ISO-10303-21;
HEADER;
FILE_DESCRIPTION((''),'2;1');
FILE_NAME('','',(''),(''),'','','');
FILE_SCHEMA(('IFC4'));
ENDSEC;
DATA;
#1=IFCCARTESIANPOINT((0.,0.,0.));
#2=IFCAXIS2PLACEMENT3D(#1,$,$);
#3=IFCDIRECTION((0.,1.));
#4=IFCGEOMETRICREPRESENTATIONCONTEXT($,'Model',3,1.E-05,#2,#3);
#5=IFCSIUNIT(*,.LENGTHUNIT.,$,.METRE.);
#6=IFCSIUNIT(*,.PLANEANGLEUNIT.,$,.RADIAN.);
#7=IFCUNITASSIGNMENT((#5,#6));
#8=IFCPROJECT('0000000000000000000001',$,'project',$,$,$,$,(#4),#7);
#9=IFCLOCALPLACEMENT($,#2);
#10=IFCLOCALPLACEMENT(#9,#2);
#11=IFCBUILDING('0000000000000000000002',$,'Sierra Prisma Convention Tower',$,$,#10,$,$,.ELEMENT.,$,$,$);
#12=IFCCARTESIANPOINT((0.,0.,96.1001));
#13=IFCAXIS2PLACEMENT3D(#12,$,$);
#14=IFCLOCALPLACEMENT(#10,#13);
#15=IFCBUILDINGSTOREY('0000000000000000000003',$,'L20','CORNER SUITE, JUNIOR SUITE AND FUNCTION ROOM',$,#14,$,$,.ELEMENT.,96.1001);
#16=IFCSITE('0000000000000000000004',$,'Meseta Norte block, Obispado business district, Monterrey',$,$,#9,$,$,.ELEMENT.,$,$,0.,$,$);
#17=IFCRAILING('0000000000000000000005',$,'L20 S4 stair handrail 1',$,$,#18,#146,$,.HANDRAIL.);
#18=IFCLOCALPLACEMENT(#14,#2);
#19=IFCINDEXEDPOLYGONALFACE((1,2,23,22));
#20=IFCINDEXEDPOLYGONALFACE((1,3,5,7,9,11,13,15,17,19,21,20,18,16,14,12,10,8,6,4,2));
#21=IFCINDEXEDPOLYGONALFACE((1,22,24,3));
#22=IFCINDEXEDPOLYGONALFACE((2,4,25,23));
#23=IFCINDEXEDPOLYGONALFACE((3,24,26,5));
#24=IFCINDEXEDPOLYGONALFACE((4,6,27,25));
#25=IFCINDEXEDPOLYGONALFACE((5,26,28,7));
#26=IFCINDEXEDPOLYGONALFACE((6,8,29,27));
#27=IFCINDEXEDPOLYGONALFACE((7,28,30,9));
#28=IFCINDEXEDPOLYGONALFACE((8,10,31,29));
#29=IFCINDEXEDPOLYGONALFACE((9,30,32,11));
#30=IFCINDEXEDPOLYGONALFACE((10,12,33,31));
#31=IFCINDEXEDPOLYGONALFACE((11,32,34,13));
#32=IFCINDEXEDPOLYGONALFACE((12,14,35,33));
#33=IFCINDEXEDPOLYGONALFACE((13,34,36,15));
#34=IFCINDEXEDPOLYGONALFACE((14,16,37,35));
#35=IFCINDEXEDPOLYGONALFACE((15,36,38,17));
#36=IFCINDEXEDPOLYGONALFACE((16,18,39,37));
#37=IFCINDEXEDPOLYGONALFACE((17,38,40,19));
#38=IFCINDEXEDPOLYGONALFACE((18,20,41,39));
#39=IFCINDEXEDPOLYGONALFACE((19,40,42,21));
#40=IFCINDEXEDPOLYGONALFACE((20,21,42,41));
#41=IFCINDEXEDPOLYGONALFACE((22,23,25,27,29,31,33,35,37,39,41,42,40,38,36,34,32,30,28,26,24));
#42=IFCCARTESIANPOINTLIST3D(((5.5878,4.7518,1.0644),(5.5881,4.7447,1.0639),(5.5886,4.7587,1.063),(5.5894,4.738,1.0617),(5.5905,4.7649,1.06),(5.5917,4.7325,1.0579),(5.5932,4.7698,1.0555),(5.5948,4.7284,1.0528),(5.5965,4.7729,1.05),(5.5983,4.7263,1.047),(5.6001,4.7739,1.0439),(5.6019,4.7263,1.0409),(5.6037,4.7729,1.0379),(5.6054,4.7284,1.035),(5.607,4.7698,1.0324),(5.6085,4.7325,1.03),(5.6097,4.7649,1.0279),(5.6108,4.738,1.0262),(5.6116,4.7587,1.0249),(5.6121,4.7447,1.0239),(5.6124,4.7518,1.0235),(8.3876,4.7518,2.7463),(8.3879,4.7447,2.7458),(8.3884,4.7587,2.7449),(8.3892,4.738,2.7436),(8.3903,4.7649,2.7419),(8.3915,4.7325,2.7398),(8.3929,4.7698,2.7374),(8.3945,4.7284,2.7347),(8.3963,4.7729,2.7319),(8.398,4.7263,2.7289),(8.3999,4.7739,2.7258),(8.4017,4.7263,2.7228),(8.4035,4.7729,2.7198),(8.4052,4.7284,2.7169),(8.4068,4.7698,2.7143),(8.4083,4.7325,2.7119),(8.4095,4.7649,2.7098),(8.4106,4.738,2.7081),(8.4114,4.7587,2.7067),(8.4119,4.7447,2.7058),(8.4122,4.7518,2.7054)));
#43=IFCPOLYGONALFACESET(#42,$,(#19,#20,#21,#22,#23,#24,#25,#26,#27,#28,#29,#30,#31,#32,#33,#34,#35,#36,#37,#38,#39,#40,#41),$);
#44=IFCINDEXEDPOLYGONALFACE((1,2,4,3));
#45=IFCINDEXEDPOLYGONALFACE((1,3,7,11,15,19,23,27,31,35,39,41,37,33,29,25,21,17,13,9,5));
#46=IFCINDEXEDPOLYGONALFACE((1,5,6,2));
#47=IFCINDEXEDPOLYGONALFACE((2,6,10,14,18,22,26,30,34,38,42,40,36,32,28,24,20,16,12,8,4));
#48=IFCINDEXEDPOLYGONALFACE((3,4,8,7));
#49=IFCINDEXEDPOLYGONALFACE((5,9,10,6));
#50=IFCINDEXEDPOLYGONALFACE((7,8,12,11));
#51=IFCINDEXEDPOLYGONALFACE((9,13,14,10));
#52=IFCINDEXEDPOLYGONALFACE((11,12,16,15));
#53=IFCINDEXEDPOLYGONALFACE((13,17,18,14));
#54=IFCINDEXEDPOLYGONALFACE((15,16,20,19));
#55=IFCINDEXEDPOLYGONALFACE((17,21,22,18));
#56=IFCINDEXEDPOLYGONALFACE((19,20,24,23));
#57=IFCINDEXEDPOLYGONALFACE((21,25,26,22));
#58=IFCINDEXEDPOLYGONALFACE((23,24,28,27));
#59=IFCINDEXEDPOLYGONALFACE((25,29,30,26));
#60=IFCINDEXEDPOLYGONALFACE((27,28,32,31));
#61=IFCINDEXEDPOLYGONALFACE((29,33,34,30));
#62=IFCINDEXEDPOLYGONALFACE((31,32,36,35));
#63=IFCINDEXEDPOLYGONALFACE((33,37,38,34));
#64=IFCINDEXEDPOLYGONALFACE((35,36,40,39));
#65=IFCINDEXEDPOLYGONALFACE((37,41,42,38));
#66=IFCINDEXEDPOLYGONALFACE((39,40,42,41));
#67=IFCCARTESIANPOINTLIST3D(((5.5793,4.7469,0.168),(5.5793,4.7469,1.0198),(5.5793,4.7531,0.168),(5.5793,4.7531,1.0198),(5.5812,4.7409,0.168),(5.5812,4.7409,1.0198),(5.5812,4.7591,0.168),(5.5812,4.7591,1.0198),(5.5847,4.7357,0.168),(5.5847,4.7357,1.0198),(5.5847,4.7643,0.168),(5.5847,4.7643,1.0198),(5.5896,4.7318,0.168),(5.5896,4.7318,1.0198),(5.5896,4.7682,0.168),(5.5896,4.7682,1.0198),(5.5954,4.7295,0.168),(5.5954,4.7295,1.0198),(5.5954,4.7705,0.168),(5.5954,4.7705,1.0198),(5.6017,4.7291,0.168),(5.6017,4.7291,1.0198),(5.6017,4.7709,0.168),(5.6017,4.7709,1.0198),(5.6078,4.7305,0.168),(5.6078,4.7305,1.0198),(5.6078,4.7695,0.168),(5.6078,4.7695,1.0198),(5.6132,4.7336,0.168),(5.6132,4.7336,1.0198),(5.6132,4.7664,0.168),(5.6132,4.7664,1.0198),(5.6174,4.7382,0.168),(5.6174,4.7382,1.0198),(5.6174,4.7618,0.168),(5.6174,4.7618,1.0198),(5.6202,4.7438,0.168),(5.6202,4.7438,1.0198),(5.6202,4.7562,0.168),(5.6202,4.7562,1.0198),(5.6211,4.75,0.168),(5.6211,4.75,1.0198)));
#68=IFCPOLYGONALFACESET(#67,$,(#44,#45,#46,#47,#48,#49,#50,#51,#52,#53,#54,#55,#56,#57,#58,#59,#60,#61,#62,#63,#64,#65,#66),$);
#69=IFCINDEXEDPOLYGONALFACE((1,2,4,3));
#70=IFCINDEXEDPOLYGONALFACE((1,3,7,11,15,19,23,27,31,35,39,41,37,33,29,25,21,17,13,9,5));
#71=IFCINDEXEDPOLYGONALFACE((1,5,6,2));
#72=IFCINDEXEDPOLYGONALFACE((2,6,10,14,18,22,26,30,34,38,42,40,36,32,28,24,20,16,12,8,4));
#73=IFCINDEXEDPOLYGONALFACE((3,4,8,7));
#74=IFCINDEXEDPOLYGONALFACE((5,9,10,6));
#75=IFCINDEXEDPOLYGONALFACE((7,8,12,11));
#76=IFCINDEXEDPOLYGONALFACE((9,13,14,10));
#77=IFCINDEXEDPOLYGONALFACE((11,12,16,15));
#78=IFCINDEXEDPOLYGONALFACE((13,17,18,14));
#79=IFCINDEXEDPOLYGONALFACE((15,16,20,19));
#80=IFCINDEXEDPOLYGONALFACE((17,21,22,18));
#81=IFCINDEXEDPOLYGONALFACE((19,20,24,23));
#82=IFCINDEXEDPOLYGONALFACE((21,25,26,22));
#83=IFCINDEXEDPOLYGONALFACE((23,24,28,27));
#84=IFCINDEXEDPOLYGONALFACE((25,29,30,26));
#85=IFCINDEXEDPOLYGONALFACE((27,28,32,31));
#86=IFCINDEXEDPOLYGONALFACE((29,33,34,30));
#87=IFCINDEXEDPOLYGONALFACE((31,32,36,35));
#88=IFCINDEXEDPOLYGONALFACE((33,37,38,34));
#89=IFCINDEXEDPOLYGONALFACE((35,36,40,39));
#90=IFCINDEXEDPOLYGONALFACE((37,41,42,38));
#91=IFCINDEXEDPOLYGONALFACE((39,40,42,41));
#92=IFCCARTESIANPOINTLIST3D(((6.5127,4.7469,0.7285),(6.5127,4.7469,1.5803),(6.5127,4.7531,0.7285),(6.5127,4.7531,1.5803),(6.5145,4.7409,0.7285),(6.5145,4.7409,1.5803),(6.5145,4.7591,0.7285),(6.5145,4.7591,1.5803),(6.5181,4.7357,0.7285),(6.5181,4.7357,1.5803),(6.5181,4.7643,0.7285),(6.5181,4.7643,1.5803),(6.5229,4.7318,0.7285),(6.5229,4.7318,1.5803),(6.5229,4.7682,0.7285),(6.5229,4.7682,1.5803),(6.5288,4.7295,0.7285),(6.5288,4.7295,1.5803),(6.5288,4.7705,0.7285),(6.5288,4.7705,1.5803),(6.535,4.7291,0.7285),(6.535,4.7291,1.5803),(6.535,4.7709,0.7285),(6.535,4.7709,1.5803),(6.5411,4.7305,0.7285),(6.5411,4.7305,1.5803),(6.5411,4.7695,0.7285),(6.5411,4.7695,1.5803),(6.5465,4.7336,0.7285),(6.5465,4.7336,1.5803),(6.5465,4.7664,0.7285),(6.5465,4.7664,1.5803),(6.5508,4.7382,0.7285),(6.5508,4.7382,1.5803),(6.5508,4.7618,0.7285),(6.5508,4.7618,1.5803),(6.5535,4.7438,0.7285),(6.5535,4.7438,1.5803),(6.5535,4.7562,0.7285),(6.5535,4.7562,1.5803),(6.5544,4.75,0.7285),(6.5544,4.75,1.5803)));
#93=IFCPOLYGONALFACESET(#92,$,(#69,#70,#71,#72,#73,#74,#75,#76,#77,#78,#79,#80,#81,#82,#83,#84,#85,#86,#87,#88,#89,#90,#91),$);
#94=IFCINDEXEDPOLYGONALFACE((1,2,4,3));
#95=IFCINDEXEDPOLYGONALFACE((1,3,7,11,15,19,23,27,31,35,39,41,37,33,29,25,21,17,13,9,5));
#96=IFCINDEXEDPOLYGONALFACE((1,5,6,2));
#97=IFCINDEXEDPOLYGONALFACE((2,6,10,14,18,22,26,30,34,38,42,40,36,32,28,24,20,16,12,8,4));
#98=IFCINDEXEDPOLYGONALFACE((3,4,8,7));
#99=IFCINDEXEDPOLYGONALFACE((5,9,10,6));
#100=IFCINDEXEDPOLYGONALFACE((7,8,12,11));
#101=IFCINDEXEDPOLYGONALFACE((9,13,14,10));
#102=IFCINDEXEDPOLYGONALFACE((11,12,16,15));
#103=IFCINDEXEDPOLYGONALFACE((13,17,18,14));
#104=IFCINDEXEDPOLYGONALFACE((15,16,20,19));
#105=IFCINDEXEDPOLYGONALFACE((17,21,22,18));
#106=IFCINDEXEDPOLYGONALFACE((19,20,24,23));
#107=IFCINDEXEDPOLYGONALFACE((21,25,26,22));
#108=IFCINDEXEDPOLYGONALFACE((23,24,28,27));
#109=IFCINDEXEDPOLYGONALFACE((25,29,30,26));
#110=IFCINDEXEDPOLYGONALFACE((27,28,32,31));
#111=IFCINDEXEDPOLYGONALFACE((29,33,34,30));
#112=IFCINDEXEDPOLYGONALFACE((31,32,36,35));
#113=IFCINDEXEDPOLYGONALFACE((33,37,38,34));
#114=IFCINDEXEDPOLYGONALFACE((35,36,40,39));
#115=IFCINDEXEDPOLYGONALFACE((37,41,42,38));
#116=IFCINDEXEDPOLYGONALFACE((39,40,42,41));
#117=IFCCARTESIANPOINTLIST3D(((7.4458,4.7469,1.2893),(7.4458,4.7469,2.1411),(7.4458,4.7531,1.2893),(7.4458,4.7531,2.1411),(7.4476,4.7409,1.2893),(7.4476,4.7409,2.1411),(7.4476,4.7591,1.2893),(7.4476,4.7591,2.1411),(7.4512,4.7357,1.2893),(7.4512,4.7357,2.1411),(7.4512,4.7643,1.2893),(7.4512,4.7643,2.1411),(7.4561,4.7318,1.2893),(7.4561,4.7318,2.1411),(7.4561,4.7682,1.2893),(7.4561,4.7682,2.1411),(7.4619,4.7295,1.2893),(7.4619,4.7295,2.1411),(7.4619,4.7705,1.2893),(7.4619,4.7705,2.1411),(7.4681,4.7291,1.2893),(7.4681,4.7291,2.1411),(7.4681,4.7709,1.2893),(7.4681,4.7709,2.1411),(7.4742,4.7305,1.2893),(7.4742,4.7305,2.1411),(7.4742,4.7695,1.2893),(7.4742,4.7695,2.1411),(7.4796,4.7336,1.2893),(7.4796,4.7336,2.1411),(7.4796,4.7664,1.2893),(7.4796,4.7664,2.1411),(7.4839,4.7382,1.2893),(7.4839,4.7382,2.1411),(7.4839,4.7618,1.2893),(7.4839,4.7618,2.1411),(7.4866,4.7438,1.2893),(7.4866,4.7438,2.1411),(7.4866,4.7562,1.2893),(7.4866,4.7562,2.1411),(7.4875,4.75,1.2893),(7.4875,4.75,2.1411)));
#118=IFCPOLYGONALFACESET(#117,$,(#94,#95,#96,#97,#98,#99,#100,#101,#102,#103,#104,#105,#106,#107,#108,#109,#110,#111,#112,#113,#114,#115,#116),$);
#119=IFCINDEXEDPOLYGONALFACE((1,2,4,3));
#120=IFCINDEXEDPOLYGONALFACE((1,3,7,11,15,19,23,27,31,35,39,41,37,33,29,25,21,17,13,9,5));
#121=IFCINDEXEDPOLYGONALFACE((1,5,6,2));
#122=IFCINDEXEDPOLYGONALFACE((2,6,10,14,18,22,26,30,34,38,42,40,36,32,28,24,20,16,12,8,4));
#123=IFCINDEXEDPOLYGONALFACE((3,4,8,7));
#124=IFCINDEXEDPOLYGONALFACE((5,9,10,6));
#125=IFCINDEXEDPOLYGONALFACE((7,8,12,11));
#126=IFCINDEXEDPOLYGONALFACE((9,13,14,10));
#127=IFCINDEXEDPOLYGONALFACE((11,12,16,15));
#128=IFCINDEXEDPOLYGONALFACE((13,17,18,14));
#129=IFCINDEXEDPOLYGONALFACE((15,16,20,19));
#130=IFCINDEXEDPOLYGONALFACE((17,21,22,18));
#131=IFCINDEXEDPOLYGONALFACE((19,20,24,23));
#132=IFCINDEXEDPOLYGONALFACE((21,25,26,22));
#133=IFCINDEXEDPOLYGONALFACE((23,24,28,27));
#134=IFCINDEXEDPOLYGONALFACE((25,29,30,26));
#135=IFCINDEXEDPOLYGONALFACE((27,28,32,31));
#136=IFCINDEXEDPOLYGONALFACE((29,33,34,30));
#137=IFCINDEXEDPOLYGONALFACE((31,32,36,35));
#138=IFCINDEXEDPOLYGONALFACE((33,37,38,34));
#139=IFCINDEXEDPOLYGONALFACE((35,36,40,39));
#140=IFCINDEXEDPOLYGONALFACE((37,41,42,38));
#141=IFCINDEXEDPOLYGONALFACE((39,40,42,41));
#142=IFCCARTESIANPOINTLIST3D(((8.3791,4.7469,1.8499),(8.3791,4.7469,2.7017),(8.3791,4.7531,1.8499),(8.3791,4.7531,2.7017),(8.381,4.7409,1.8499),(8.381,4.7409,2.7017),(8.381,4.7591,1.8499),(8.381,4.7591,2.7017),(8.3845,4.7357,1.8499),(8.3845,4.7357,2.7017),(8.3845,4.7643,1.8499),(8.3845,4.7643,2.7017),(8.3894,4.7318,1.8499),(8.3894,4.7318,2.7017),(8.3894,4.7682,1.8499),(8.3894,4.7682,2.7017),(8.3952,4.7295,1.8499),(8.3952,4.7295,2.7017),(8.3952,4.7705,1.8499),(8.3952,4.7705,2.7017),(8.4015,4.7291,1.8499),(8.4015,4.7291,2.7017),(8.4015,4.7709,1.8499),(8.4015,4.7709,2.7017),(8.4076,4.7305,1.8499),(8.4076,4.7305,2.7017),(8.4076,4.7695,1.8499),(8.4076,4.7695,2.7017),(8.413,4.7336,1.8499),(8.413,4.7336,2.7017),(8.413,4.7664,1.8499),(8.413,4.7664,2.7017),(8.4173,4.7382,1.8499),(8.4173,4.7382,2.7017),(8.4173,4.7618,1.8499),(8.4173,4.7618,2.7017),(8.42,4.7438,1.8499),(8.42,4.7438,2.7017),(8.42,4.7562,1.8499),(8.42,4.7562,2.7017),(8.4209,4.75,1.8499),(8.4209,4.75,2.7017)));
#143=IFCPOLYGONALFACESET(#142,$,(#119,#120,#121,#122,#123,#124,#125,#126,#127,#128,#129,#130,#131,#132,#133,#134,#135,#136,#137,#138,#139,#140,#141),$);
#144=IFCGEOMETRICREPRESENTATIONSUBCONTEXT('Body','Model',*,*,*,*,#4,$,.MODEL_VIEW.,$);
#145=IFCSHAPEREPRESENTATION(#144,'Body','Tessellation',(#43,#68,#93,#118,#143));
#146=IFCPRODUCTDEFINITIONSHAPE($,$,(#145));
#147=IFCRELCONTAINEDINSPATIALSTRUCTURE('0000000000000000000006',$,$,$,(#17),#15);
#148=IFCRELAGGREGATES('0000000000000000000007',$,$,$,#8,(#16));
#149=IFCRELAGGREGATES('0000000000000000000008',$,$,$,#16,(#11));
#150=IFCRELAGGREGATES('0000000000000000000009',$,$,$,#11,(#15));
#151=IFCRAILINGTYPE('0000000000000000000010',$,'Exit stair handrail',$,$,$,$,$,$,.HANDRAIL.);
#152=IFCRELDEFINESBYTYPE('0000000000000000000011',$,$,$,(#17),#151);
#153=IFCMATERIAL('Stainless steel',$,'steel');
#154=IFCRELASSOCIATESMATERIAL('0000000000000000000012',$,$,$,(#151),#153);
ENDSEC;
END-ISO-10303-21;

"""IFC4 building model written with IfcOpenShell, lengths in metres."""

from ifc_helpers import new_model, si_unit, direction, frame, origin, origin_2d, place, context, subcontext, project, spatial, circle, extrude, material, type_object, element, save


model = new_model("IFC4")

# Units and contexts
model_context = context("Model", 3, precision=1e-05, world=origin(), true_north=direction((0.0, 1.0)))
body_context = subcontext(model_context, "Body", "Model", "MODEL_VIEW")
ifc_project = project(units=[si_unit("LENGTHUNIT", "METRE"), si_unit("PLANEANGLEUNIT", "RADIAN")], contexts=[model_context])

# Site, building, storey
site_placement = place(None, origin())
site = spatial("IfcSite", under=ifc_project, at=site_placement, Name="Meseta Norte block, Obispado business district, Monterrey", CompositionType="ELEMENT", RefElevation=0.0)
building_placement = place(site_placement, origin())
building = spatial("IfcBuilding", under=site, at=building_placement, Name="Sierra Prisma Convention Tower", CompositionType="ELEMENT")
storey_placement = place(building_placement, frame((0.0, 0.0, 96.1001)))
storey = spatial("IfcBuildingStorey", under=building, at=storey_placement, Name="L20", Description="CORNER SUITE, JUNIOR SUITE AND FUNCTION ROOM", CompositionType="ELEMENT", Elevation=96.1001)

# Railing
ifc_material_1 = material(Name="Stainless steel", Category="steel")
railing_type_1 = type_object("IfcRailingType", Name="Exit stair handrail", PredefinedType="HANDRAIL", material=ifc_material_1)
railing_1_placement = place(storey_placement, frame((5.6001, 4.75, 0.168)))
element("IfcRailing", 1, at=railing_1_placement, inside=storey, type_object=railing_type_1, Name="L20 S4 stair handrail 1", PredefinedType="HANDRAIL", context=body_context, shape_type="SweptSolid", body=[
    extrude(circle(Radius=0.0239, at=origin_2d()), frame((0.0, 0.0, 0.876), z_axis=(0.857222, 0.0, 0.514946), x_axis=(0.0, 1.0, 0.0)), (0.0, 0.0, 1.0), 3.2661),
    extrude(circle(Radius=0.021, at=origin_2d()), origin(), (0.0, 0.0, 1.0), 0.8518),
    extrude(circle(Radius=0.021, at=origin_2d()), frame((0.9333, 0.0, 0.5605)), (0.0, 0.0, 1.0), 0.8518),
    extrude(circle(Radius=0.021, at=origin_2d()), frame((1.8665, 0.0, 1.1213)), (0.0, 0.0, 1.0), 0.8518),
    extrude(circle(Radius=0.021, at=origin_2d()), frame((2.7998, 0.0, 1.6819)), (0.0, 0.0, 1.0), 0.8518),
])

save(model, "model.ifc")
